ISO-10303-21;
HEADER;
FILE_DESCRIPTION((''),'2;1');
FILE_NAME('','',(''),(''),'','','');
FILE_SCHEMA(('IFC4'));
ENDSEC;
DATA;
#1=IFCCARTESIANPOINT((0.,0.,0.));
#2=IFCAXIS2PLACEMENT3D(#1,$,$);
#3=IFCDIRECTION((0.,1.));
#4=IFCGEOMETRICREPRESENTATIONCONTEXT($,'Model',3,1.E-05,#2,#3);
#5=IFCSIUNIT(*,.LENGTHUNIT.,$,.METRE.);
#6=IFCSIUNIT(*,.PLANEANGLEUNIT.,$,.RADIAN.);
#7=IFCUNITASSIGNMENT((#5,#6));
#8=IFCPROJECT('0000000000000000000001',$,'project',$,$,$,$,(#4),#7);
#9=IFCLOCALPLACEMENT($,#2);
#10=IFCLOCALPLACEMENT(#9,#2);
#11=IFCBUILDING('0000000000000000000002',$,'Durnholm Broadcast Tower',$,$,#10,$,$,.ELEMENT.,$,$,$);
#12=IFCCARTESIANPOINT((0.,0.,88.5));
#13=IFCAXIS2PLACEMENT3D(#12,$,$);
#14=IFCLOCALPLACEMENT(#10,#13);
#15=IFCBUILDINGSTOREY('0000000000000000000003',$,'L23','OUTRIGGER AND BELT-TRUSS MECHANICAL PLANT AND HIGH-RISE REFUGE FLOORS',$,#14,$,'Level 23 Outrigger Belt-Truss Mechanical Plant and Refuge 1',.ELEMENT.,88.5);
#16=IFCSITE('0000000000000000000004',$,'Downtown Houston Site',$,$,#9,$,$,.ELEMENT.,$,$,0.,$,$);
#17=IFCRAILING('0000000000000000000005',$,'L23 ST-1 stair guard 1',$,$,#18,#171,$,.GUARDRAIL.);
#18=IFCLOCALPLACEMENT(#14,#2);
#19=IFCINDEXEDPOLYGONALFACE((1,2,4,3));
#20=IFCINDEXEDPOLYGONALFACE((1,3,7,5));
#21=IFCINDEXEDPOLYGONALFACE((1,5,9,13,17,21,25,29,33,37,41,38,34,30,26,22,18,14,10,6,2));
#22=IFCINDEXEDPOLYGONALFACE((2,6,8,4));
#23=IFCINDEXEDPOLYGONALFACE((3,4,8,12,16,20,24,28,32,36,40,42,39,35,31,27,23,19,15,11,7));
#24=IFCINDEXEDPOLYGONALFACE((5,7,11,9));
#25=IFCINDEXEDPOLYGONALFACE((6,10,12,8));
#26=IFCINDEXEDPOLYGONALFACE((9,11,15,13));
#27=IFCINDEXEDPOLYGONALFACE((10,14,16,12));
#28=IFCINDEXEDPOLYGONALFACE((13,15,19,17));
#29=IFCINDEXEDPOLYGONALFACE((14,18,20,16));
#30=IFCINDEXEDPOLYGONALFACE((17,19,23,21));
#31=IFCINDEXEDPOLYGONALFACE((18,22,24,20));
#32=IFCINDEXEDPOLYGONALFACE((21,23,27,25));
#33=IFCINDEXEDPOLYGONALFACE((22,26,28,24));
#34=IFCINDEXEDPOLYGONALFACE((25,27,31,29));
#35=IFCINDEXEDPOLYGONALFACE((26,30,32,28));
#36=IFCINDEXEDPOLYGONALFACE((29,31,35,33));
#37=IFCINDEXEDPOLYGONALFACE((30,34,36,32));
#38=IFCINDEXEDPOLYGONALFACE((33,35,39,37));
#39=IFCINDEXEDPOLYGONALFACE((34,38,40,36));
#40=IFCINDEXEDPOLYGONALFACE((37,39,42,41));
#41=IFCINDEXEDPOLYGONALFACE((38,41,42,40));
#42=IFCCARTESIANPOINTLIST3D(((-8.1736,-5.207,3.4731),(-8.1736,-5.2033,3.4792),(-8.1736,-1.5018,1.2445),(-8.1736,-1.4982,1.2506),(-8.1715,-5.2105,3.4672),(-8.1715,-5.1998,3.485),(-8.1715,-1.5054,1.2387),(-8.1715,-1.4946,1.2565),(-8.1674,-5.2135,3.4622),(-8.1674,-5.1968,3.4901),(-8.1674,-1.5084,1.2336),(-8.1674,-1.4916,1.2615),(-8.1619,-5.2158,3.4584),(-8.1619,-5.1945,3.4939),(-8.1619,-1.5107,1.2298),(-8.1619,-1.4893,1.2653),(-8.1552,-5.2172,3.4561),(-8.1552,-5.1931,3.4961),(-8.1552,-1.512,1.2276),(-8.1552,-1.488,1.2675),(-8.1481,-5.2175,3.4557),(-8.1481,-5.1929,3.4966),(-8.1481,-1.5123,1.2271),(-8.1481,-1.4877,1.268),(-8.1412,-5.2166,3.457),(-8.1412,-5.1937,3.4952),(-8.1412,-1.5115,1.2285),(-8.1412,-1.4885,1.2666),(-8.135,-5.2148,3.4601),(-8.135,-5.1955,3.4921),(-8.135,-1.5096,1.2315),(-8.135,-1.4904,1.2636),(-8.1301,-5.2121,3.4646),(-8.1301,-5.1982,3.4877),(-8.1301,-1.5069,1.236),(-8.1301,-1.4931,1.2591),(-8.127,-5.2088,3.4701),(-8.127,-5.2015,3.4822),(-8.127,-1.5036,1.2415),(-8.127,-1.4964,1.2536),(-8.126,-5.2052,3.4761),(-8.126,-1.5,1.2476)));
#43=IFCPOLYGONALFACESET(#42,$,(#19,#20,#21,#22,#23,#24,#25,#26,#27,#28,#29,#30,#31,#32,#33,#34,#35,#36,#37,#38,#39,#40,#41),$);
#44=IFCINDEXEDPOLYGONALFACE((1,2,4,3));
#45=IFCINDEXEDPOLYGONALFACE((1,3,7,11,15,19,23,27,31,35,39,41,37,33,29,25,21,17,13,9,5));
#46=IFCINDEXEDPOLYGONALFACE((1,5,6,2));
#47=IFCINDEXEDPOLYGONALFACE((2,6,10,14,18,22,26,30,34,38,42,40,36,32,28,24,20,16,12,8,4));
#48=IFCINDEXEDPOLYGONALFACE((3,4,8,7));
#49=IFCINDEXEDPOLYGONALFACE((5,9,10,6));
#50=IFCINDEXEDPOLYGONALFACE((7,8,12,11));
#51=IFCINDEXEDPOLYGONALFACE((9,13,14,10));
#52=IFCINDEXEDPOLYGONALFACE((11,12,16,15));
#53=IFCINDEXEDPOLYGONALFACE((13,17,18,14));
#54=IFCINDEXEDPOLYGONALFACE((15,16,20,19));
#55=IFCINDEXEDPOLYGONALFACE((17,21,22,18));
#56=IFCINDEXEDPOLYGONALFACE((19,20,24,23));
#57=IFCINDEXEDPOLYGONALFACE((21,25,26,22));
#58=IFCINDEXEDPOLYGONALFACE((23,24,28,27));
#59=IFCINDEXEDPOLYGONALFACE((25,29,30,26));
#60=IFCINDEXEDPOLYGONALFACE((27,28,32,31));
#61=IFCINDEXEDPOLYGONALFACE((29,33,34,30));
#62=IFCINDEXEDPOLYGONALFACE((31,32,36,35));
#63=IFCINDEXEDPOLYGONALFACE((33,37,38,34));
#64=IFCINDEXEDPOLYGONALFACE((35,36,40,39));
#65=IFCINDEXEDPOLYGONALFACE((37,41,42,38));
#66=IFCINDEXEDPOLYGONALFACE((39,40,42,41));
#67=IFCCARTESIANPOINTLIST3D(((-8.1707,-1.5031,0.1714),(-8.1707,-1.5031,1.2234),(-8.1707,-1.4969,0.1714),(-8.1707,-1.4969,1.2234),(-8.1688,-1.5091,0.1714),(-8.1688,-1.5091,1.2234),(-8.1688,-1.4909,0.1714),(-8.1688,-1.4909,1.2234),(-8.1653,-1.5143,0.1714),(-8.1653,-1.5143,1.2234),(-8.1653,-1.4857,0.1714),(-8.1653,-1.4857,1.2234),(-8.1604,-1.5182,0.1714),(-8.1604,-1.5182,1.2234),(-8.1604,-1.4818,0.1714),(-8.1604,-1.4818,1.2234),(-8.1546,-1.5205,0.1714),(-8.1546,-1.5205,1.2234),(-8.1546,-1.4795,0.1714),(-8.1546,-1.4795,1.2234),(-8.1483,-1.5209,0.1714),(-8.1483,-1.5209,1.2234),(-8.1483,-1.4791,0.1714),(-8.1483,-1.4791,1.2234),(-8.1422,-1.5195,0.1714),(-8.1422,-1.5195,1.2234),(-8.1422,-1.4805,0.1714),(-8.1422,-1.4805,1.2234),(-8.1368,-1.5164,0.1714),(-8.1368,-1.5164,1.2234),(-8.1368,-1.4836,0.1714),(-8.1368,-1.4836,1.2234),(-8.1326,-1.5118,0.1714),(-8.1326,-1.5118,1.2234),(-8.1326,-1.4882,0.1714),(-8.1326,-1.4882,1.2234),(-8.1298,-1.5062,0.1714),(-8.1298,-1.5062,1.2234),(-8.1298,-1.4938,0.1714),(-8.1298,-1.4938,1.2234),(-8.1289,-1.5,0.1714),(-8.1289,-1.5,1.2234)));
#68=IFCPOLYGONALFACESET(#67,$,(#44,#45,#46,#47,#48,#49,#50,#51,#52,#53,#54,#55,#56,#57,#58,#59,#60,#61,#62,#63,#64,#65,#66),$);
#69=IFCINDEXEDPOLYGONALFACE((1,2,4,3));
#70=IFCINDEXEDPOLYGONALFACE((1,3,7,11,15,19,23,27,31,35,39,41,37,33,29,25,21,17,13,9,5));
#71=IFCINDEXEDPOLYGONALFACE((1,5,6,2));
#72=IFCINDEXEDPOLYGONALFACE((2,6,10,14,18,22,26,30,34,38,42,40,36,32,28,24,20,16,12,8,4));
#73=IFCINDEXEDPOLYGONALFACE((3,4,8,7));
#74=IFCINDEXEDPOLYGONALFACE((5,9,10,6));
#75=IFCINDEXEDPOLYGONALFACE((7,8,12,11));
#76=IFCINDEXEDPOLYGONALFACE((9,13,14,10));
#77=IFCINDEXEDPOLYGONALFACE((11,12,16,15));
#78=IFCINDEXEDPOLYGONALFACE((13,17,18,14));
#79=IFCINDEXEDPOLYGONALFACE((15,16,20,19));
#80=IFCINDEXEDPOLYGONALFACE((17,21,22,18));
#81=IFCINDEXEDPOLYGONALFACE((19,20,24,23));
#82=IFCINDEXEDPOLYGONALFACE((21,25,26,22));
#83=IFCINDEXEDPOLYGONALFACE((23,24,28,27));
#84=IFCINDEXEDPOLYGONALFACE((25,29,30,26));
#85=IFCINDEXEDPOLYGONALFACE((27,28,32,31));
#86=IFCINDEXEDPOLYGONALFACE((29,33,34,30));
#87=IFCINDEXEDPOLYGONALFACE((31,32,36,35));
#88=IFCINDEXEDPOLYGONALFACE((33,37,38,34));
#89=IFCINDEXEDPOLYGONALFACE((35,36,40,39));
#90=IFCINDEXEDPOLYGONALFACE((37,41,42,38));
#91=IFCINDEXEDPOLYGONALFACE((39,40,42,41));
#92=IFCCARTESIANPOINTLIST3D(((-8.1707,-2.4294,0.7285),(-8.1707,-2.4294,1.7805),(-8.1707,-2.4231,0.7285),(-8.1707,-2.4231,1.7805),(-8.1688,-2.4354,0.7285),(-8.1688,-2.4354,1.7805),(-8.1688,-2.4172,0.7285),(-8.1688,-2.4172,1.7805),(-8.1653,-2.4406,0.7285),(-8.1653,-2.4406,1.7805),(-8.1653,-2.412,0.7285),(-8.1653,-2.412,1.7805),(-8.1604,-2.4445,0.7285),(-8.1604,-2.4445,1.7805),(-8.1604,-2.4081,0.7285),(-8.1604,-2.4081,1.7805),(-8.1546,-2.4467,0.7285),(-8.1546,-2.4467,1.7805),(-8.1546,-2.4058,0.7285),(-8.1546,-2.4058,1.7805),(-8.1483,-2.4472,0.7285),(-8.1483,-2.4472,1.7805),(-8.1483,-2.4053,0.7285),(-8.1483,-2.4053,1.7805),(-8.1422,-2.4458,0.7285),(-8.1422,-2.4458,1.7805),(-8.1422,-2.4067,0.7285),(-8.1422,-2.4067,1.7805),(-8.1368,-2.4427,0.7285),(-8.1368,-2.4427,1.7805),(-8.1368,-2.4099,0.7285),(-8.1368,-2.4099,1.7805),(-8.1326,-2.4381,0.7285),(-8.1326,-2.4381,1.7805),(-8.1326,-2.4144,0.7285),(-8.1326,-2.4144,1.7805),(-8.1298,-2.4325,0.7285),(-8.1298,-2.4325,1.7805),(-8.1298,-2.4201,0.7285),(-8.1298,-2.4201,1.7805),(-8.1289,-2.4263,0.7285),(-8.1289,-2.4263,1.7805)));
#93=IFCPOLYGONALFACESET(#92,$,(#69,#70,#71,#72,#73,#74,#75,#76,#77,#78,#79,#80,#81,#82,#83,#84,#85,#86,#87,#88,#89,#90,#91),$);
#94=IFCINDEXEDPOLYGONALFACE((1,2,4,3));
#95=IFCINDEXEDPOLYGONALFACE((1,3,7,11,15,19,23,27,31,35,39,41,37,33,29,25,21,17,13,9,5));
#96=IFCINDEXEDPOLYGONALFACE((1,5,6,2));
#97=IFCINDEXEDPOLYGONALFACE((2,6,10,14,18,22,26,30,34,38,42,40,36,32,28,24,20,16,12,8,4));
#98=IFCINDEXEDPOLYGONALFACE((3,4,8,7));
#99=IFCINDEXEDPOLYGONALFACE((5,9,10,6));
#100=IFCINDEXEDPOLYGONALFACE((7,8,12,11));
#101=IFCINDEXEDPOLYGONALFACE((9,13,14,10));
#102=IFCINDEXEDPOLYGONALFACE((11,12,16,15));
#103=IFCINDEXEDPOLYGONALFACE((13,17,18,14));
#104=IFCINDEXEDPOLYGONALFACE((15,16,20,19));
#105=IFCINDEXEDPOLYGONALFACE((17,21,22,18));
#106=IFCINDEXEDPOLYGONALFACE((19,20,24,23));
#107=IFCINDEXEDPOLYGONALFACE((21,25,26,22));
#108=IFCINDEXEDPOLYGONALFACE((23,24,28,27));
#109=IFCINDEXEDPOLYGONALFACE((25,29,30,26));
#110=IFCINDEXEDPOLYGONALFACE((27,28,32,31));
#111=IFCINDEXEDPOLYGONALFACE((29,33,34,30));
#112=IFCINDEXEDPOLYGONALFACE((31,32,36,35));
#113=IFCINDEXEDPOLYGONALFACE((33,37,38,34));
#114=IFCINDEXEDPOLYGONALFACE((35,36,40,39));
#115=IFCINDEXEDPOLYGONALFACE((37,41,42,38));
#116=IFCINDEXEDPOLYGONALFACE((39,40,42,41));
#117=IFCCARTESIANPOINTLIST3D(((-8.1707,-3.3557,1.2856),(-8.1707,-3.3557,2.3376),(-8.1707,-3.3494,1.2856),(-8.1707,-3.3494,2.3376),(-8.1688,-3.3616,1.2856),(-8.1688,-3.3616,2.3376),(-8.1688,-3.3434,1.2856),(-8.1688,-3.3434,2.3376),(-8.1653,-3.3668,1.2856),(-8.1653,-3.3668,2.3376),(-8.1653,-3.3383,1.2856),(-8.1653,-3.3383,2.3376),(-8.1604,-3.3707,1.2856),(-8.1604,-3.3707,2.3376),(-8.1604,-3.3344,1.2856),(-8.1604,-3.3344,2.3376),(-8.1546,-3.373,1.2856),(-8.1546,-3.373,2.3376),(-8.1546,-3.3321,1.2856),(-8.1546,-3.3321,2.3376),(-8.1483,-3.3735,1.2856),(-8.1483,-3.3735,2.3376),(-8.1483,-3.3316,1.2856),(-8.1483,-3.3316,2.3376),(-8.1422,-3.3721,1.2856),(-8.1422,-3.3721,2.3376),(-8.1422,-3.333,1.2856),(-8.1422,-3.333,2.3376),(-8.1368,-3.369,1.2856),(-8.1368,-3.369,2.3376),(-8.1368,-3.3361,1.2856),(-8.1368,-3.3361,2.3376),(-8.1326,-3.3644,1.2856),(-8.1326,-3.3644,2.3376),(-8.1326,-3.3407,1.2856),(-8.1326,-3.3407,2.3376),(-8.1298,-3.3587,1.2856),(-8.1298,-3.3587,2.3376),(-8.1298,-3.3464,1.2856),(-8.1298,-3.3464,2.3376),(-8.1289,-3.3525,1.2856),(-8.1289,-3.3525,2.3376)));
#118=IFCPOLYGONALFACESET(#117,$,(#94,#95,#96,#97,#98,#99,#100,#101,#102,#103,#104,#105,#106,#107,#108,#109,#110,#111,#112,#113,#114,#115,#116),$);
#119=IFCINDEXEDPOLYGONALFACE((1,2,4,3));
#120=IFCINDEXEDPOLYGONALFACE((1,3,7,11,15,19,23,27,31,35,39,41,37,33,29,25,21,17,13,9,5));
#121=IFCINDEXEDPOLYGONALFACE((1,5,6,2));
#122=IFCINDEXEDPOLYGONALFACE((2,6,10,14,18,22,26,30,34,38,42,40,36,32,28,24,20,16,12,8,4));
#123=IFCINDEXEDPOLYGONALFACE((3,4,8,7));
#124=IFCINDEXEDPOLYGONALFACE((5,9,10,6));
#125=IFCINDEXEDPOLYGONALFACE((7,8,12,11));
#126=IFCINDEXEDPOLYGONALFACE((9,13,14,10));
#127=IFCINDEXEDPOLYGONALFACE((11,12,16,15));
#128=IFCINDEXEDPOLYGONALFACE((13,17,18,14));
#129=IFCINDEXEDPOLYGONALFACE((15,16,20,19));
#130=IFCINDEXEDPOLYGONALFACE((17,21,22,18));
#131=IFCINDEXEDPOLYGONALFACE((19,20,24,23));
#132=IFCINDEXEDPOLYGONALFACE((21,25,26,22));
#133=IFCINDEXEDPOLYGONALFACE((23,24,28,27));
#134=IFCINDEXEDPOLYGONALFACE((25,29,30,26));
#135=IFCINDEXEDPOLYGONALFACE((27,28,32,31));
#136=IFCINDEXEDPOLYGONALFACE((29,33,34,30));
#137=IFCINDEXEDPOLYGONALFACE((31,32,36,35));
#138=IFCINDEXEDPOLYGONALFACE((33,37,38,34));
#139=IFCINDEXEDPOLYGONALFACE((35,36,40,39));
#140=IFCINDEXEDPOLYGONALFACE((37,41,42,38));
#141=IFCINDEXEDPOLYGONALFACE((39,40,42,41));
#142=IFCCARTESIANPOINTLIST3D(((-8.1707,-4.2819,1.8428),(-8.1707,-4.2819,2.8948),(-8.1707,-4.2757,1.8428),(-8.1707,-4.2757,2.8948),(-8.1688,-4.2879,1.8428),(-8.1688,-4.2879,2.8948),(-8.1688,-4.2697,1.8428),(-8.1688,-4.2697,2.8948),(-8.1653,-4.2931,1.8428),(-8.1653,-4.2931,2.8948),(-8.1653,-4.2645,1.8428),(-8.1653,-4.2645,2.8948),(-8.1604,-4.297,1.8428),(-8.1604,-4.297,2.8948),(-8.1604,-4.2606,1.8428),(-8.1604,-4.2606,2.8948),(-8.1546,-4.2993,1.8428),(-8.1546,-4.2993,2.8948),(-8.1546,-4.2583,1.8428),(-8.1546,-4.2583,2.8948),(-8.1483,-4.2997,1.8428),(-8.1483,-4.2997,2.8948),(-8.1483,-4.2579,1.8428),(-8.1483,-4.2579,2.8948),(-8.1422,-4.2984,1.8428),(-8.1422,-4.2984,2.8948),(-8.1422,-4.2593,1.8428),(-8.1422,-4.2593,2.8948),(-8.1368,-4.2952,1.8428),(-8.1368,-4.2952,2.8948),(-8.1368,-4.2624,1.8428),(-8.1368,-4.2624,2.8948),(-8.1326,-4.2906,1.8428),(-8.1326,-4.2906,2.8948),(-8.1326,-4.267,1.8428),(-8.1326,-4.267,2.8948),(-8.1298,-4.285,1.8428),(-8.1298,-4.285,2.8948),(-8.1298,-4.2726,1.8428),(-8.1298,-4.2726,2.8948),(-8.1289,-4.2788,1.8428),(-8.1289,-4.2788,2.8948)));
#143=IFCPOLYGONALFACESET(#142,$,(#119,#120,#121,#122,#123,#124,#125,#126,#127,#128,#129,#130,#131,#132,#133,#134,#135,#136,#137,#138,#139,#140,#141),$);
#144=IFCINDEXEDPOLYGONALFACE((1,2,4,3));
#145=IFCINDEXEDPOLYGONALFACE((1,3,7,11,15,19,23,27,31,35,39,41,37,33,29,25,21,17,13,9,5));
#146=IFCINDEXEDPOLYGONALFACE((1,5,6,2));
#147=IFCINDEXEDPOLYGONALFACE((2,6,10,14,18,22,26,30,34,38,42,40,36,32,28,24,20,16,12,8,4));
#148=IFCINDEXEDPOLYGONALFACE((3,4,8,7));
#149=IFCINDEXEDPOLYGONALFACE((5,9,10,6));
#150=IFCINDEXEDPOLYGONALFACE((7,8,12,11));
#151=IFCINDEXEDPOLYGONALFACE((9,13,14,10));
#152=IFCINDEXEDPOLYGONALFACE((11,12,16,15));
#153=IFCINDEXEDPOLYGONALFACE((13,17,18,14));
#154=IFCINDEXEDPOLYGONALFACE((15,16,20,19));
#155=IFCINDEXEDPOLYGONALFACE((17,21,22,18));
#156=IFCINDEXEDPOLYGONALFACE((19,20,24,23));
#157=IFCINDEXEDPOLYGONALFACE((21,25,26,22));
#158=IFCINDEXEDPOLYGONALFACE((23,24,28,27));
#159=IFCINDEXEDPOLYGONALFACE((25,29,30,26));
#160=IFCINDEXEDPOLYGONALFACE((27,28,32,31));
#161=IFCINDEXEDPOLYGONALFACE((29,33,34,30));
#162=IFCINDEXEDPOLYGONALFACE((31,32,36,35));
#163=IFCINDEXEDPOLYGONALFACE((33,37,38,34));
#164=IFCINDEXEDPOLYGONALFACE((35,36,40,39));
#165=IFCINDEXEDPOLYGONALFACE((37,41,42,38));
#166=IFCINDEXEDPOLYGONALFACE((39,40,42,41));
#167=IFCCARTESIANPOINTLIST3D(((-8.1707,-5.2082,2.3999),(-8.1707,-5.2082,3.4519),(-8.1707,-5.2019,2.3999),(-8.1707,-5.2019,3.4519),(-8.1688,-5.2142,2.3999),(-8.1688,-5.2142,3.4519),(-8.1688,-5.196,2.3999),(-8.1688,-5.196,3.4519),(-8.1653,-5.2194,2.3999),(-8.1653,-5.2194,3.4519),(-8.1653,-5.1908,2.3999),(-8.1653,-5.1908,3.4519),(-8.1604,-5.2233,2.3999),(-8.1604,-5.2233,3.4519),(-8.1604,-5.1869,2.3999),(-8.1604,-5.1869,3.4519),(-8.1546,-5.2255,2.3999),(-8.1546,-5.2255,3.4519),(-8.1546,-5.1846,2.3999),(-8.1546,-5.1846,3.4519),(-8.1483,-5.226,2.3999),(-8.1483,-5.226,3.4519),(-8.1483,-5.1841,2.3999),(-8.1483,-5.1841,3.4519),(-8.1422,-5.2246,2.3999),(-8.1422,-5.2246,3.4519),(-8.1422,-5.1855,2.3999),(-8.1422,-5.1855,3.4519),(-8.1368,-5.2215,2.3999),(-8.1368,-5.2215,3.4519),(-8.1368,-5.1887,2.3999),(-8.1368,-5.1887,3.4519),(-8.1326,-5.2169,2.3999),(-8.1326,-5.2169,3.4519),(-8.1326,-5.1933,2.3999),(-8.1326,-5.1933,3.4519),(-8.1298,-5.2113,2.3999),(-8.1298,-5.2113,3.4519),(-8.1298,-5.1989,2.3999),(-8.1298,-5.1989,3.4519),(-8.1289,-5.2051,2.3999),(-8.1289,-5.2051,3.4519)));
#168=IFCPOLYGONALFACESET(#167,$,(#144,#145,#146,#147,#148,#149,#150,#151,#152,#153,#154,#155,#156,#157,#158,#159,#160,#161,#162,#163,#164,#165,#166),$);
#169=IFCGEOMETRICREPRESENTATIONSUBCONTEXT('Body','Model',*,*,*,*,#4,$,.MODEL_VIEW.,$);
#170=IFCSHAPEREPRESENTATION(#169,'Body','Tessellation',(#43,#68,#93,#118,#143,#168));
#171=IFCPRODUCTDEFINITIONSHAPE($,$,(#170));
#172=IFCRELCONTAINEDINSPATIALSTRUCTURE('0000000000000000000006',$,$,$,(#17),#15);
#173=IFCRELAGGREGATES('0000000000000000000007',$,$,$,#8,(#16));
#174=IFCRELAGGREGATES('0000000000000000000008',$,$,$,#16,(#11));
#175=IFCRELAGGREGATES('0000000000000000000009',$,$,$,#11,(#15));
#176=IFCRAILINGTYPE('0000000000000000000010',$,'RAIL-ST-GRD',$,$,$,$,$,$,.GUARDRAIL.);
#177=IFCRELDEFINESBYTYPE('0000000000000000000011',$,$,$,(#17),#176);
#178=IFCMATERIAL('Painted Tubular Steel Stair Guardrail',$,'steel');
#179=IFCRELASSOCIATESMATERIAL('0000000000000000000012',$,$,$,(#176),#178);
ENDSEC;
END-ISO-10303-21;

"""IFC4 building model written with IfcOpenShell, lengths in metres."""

from ifc_helpers import new_model, si_unit, direction, frame, origin, origin_2d, place, context, subcontext, project, spatial, circle, extrude, material, type_object, element, save


model = new_model("IFC4")

# Units and contexts
model_context = context("Model", 3, precision=1e-05, world=origin(), true_north=direction((0.0, 1.0)))
body_context = subcontext(model_context, "Body", "Model", "MODEL_VIEW")
ifc_project = project(units=[si_unit("LENGTHUNIT", "METRE"), si_unit("PLANEANGLEUNIT", "RADIAN")], contexts=[model_context])

# Site, building, storey
site_placement = place(None, origin())
site = spatial("IfcSite", under=ifc_project, at=site_placement, Name="Downtown Houston Site", CompositionType="ELEMENT", RefElevation=0.0)
building_placement = place(site_placement, origin())
building = spatial("IfcBuilding", under=site, at=building_placement, Name="Durnholm Broadcast Tower", CompositionType="ELEMENT")
storey_placement = place(building_placement, frame((0.0, 0.0, 88.5)))
storey = spatial("IfcBuildingStorey", under=building, at=storey_placement, Name="L23", Description="OUTRIGGER AND BELT-TRUSS MECHANICAL PLANT AND HIGH-RISE REFUGE FLOORS", LongName="Level 23 Outrigger Belt-Truss Mechanical Plant and Refuge 1", CompositionType="ELEMENT", Elevation=88.5)

# Railing
ifc_material_1 = material(Name="Painted Tubular Steel Stair Guardrail", Category="steel")
railing_type_1 = type_object("IfcRailingType", Name="RAIL-ST-GRD", PredefinedType="GUARDRAIL", material=ifc_material_1)
railing_1_placement = place(storey_placement, frame((-8.1499, -1.5, 0.1714)))
element("IfcRailing", 1, at=railing_1_placement, inside=storey, type_object=railing_type_1, Name="L23 ST-1 stair guard 1", PredefinedType="GUARDRAIL", context=body_context, shape_type="SweptSolid", body=[
    extrude(circle(Radius=0.0239, at=origin_2d()), frame((0.0, 0.0, 1.0762), z_axis=(0.0, -0.856934, 0.515425), x_axis=(1.0, 0.0, 0.0)), (0.0, 0.0, 1.0), 4.3237),
    extrude(circle(Radius=0.021, at=origin_2d()), origin(), (0.0, 0.0, 1.0), 1.052),
    extrude(circle(Radius=0.021, at=origin_2d()), frame((0.0, -0.9263, 0.5571)), (0.0, 0.0, 1.0), 1.052),
    extrude(circle(Radius=0.021, at=origin_2d()), frame((0.0, -1.8525, 1.1143)), (0.0, 0.0, 1.0), 1.052),
    extrude(circle(Radius=0.021, at=origin_2d()), frame((0.0, -2.7788, 1.6714)), (0.0, 0.0, 1.0), 1.052),
    extrude(circle(Radius=0.021, at=origin_2d()), frame((0.0, -3.7051, 2.2285)), (0.0, 0.0, 1.0), 1.052),
])

save(model, "model.ifc")
